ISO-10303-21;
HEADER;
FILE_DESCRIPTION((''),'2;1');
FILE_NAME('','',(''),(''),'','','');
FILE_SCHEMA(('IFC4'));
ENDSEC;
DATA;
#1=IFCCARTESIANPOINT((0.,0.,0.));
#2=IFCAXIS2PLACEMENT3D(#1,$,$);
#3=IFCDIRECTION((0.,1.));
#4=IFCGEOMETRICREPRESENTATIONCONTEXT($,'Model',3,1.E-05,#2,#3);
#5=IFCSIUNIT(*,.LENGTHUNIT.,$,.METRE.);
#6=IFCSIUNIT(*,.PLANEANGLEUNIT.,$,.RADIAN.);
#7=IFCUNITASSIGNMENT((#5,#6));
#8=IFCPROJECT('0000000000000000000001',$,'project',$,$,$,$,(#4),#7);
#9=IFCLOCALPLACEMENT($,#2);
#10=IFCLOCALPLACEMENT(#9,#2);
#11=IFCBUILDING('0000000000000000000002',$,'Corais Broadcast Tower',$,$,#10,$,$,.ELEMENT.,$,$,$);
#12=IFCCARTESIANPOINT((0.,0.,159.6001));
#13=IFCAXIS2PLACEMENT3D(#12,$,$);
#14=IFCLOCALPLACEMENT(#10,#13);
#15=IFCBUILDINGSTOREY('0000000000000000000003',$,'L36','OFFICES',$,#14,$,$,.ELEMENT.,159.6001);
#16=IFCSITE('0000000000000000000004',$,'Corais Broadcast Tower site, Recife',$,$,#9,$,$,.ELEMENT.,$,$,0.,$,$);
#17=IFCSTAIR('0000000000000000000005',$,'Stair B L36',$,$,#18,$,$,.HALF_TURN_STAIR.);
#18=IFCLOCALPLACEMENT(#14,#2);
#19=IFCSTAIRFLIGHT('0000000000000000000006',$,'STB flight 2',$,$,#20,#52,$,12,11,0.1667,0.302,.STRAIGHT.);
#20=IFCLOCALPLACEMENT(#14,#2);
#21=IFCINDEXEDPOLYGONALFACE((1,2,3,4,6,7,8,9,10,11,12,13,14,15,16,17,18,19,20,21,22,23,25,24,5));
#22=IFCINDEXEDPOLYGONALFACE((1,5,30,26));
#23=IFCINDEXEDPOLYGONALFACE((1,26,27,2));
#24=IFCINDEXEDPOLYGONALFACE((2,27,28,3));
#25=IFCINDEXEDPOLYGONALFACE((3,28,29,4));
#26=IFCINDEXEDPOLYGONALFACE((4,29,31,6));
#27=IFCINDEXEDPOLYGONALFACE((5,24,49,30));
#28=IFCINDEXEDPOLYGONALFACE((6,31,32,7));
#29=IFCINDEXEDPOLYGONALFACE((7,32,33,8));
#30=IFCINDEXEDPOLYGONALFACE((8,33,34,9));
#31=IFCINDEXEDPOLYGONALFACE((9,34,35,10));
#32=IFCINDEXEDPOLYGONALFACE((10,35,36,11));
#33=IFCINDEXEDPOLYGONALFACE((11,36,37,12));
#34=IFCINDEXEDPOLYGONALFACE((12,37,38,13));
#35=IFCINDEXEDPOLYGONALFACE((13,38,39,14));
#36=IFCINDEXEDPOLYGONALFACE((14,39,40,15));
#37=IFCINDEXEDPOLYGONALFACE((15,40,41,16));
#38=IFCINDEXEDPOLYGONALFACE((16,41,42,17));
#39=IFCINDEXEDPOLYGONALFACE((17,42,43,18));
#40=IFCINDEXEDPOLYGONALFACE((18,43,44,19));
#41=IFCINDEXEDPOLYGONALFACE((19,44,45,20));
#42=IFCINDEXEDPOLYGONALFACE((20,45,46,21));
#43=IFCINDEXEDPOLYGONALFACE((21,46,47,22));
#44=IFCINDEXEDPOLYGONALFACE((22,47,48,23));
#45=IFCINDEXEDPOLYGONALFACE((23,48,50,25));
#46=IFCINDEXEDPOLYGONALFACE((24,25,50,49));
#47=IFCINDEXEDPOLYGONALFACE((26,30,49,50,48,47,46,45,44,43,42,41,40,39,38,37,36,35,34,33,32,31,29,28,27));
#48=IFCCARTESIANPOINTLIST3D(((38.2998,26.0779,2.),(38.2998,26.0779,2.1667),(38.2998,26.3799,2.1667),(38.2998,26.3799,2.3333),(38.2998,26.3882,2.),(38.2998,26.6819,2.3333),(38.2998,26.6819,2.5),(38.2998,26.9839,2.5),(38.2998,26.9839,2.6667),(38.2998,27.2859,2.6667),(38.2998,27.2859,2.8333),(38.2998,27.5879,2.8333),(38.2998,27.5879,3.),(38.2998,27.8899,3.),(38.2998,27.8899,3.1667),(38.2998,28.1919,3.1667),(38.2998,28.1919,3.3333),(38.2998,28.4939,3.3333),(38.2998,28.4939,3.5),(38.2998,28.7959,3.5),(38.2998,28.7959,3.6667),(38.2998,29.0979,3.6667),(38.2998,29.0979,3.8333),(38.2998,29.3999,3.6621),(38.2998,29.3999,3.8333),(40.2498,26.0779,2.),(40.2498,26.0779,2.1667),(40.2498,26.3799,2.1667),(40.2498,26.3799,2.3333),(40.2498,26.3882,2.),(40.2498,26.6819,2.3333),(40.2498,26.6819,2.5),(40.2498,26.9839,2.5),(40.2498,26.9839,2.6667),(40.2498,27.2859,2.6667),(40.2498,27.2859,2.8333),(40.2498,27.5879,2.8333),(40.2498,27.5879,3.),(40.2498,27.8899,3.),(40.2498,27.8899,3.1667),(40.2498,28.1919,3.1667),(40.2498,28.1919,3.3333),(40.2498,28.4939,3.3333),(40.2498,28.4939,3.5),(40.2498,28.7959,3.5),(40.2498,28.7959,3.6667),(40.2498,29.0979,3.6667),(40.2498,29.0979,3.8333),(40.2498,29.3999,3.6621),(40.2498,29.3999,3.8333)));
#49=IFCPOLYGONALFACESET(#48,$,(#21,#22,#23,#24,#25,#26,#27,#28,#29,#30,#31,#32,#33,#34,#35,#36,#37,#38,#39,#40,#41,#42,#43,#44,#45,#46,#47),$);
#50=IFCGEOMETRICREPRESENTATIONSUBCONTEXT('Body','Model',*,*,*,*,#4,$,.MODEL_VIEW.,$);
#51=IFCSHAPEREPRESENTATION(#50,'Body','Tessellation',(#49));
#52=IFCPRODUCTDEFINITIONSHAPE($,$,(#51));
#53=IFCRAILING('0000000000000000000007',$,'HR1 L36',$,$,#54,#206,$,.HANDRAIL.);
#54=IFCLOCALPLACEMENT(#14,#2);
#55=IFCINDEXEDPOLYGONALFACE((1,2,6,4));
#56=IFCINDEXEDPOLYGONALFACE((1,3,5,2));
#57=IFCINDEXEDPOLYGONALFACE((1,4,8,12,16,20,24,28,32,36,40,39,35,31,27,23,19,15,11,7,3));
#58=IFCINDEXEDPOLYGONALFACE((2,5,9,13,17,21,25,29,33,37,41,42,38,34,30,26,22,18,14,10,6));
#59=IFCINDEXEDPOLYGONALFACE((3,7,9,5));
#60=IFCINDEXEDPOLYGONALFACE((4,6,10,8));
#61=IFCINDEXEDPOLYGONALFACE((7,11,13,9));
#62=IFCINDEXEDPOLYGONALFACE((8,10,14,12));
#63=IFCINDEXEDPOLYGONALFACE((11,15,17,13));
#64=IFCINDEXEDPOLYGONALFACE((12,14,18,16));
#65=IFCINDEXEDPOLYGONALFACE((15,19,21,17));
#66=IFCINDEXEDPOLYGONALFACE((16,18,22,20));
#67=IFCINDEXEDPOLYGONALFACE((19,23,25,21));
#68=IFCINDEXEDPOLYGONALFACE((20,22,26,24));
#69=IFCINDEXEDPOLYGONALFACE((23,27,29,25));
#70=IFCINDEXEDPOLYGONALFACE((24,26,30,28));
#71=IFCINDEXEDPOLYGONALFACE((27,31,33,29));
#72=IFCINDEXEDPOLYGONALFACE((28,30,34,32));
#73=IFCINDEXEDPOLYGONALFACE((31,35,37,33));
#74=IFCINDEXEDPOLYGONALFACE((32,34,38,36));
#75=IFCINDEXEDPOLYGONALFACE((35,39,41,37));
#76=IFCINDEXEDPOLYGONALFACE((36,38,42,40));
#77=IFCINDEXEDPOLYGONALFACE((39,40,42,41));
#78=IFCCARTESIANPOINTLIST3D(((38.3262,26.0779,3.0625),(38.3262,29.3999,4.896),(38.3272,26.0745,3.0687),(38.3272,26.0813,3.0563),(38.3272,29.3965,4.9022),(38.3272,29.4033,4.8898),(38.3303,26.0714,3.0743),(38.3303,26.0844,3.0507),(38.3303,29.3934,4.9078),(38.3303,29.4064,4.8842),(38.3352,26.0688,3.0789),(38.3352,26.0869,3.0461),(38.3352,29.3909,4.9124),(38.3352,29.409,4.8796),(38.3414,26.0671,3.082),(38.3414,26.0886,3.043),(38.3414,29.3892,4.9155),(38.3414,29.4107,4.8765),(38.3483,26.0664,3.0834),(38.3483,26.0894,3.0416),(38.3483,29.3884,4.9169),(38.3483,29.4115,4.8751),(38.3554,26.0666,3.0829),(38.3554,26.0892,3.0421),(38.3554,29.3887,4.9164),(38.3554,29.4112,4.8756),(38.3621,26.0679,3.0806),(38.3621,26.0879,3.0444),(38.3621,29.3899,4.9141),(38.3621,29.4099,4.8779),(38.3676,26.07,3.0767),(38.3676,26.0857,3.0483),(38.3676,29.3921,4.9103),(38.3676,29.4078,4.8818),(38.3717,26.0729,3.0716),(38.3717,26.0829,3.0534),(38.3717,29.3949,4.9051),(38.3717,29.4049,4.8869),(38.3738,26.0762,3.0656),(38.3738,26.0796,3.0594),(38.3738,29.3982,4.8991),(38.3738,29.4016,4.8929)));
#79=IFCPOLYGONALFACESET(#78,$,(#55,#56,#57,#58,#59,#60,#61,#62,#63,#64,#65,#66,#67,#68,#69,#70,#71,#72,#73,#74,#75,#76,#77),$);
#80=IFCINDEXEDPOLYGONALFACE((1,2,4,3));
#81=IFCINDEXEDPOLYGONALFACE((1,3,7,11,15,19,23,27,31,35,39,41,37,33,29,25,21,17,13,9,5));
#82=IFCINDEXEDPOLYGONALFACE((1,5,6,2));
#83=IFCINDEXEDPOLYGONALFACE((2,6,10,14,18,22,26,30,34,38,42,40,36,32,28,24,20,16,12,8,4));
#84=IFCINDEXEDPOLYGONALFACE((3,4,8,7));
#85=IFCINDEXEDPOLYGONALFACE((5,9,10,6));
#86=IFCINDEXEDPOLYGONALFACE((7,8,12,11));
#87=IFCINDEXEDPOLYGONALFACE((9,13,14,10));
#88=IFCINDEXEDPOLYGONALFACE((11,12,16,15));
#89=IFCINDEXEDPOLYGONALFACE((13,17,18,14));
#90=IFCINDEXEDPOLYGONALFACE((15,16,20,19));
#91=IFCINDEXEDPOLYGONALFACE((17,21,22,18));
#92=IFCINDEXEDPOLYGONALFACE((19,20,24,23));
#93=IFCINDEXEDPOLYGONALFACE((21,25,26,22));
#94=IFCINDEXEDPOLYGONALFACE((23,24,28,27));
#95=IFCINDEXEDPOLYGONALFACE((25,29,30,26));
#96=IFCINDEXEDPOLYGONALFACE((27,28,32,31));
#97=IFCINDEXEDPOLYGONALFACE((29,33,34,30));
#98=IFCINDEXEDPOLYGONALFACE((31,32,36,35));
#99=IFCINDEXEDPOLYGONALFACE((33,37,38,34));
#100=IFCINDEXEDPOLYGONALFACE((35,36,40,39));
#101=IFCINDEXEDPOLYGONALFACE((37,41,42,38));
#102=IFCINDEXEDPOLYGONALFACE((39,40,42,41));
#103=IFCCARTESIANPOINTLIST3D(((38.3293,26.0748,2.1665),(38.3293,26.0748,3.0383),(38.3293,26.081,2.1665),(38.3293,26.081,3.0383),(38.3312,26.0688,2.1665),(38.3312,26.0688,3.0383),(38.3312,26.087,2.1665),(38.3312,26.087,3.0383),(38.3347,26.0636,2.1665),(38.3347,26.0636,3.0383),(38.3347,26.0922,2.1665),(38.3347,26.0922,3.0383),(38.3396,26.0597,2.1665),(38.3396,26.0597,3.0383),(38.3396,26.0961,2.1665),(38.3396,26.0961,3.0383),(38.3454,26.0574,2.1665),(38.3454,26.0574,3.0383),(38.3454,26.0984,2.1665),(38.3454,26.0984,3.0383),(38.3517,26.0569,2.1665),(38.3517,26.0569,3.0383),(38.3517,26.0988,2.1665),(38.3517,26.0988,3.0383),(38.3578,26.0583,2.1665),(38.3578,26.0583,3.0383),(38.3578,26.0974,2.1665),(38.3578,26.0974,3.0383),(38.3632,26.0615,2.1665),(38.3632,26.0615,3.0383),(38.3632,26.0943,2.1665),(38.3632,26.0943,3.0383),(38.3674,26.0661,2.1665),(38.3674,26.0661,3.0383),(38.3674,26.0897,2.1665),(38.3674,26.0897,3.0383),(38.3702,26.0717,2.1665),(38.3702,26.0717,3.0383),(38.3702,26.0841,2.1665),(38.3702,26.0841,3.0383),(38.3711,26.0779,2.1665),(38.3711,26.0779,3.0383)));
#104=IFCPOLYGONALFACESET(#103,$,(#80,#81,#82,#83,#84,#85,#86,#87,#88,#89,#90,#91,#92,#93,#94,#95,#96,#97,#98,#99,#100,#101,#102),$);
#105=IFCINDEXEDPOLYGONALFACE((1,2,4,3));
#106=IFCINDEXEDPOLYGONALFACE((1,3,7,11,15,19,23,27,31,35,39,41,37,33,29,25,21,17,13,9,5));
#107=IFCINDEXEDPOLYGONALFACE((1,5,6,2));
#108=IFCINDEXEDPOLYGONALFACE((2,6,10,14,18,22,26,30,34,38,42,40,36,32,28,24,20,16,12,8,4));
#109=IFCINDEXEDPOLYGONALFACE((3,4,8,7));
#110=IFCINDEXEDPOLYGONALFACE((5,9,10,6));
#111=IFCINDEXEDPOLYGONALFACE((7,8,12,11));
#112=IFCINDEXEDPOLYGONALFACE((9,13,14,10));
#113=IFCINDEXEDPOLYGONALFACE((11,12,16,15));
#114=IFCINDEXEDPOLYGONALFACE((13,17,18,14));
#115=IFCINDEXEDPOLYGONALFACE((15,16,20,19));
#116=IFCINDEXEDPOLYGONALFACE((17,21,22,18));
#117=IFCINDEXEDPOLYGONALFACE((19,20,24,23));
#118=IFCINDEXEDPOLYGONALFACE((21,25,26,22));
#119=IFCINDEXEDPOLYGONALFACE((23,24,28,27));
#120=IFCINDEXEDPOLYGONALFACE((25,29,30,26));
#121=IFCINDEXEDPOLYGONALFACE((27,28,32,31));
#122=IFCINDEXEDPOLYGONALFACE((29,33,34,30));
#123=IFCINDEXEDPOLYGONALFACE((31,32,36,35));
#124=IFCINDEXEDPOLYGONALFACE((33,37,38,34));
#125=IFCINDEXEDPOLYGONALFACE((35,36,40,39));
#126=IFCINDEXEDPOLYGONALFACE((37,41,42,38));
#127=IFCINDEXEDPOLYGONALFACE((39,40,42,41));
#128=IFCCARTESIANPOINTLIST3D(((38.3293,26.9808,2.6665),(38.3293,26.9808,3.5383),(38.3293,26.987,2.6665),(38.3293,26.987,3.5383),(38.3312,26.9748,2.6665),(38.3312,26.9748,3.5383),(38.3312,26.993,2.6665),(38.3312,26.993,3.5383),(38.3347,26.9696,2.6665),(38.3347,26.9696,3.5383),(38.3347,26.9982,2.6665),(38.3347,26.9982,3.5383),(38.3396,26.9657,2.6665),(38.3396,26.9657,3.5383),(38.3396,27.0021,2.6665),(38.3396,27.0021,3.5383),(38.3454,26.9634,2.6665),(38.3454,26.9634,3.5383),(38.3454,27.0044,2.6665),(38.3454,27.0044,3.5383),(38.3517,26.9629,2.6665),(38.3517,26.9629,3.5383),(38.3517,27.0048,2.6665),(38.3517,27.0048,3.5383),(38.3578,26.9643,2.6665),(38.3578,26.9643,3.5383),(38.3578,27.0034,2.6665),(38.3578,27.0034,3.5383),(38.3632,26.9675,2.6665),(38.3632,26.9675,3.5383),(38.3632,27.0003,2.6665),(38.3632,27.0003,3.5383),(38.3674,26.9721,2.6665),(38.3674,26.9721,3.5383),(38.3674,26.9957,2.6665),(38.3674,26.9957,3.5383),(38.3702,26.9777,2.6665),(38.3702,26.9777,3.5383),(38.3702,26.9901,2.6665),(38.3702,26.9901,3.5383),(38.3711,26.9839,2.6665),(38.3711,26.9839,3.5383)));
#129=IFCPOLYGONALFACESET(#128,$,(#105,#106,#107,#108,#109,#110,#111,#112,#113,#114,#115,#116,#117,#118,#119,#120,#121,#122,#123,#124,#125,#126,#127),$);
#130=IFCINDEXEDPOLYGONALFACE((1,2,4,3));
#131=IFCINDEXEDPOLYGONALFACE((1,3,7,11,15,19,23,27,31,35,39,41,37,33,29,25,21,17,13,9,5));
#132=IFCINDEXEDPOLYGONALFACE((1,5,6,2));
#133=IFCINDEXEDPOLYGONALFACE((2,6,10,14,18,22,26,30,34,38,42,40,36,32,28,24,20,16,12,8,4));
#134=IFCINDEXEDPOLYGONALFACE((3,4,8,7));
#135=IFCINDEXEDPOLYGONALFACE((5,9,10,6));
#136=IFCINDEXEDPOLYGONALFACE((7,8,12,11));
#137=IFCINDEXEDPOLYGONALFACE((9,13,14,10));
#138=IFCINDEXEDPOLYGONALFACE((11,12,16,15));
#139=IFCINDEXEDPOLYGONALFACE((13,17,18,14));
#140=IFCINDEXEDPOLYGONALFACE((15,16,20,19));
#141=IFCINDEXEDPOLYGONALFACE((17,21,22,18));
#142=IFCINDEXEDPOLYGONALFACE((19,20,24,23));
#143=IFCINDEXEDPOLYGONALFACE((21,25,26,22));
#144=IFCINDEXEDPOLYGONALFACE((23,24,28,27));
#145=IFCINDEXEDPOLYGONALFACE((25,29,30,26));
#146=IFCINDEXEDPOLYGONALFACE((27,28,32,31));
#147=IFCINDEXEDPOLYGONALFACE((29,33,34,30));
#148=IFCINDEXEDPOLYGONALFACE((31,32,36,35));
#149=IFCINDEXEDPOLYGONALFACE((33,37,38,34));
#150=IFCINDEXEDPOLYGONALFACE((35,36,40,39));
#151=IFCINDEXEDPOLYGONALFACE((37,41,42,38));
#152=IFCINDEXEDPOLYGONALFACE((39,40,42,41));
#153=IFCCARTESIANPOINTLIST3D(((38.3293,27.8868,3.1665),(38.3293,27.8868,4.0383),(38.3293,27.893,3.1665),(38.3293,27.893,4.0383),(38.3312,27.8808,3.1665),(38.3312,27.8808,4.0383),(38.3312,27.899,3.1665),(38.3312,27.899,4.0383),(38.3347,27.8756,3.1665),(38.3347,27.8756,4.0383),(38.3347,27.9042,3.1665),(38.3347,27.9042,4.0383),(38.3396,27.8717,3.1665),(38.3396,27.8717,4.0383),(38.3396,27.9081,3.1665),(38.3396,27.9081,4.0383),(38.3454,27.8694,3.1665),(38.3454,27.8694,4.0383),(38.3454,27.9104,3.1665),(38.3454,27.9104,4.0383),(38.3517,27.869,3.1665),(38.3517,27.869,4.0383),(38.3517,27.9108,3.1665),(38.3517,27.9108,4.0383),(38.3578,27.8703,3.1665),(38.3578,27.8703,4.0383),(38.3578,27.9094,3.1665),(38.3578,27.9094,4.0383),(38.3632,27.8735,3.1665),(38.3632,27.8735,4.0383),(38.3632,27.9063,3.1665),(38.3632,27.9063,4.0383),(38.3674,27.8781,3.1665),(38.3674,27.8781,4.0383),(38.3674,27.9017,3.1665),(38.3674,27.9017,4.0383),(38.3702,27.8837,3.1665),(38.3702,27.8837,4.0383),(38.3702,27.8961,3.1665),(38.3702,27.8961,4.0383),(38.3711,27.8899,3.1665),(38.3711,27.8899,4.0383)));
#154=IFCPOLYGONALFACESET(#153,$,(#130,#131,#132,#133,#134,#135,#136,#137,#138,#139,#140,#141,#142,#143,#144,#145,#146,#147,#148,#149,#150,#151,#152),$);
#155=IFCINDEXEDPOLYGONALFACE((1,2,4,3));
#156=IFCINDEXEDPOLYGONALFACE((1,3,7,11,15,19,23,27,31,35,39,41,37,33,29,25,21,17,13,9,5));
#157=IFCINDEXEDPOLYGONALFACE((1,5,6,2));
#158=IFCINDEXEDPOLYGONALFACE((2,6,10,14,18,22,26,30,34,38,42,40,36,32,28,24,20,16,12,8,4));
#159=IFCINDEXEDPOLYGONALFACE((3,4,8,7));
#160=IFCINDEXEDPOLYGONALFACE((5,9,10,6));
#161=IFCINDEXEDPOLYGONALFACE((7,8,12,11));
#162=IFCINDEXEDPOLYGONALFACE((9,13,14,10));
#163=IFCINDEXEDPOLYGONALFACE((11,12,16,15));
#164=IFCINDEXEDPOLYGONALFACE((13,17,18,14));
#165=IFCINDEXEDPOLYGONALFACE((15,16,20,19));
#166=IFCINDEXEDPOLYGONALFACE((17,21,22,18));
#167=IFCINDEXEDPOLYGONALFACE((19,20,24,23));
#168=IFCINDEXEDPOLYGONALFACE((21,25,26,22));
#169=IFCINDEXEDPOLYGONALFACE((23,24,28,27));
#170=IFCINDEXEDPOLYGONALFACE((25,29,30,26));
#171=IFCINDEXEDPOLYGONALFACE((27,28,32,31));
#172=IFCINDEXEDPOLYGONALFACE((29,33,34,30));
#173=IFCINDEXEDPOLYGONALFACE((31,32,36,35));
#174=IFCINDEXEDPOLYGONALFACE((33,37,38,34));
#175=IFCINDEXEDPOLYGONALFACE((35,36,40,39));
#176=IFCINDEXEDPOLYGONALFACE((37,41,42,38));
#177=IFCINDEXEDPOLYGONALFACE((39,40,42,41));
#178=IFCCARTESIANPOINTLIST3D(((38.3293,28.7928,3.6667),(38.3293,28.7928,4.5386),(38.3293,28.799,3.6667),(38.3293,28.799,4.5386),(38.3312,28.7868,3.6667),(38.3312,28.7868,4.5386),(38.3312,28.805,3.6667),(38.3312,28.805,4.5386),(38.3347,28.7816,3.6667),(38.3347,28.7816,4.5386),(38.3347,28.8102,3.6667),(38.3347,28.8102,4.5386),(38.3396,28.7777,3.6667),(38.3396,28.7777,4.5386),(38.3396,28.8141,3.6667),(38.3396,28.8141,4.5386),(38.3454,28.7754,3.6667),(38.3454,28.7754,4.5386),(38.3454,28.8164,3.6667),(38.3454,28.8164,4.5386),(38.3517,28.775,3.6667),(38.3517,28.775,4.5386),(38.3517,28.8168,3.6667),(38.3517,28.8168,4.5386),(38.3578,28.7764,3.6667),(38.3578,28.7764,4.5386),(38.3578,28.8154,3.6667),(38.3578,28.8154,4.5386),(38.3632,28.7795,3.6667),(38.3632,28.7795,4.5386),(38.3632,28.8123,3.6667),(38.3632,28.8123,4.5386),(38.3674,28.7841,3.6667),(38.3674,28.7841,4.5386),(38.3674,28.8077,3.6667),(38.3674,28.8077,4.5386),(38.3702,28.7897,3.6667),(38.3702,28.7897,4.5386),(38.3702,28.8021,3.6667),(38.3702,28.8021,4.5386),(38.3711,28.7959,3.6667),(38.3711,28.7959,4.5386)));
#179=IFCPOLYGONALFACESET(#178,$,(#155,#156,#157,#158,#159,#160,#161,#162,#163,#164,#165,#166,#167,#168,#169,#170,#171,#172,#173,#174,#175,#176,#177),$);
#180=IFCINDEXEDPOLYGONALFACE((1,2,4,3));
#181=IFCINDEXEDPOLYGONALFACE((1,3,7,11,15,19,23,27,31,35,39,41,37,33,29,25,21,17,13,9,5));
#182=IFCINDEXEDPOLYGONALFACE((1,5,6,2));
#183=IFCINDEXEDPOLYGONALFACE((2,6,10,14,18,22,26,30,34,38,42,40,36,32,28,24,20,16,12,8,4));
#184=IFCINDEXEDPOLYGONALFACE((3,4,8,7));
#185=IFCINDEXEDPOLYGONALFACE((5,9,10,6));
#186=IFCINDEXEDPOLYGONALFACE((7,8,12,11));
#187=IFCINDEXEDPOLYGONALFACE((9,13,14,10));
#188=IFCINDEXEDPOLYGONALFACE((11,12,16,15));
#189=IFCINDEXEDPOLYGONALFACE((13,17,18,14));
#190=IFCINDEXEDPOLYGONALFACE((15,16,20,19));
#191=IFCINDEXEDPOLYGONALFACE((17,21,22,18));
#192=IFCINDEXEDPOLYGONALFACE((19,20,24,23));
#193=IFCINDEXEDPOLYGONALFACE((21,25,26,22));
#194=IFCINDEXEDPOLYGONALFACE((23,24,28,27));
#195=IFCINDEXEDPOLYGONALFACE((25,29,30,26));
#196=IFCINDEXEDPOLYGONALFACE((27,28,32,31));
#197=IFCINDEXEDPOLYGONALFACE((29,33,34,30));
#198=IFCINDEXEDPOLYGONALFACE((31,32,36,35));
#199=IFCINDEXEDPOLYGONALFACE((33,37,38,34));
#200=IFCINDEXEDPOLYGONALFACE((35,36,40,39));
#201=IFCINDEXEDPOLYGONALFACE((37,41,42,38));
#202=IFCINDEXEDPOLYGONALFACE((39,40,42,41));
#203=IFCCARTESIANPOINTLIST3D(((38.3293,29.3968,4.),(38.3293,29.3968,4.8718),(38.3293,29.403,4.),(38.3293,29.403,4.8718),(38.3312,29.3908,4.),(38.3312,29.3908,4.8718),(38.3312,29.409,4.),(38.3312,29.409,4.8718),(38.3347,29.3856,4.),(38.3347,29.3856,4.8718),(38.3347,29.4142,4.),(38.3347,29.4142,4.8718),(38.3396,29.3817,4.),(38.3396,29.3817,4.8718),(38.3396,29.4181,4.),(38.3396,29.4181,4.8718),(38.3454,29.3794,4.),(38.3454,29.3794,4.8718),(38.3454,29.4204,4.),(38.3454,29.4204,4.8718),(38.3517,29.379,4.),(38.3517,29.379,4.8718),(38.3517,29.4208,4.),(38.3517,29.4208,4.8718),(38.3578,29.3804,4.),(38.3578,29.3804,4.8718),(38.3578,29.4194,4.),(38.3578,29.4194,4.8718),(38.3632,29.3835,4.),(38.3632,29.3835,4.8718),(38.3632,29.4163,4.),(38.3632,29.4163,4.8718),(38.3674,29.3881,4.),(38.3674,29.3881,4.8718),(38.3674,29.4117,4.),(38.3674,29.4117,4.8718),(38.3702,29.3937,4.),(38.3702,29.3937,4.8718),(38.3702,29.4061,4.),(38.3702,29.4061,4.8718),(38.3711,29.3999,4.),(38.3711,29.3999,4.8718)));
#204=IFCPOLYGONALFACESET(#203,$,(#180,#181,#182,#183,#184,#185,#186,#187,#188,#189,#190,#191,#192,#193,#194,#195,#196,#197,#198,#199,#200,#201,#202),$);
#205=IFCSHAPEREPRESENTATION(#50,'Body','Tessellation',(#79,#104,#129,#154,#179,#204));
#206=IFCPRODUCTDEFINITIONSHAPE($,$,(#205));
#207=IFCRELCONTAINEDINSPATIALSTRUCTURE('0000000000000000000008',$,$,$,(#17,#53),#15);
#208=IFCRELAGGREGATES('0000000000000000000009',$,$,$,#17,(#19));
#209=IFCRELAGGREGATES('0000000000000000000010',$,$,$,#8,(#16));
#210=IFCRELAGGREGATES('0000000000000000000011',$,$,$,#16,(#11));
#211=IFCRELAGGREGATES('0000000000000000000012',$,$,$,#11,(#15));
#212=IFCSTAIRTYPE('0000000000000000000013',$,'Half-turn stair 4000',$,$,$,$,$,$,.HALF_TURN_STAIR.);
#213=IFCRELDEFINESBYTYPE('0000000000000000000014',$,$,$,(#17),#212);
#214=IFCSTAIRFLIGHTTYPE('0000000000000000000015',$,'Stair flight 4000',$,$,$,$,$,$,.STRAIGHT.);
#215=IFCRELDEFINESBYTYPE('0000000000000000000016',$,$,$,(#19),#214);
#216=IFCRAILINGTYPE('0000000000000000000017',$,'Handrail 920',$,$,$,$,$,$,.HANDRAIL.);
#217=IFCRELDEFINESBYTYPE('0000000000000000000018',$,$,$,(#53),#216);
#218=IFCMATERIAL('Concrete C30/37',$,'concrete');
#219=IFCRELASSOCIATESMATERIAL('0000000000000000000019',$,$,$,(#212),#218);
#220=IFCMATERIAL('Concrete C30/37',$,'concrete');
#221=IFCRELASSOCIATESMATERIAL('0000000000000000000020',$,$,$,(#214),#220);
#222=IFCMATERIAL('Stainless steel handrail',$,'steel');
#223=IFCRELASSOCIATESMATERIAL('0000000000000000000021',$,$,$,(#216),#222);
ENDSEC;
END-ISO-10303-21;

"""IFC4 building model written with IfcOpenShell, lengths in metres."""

from ifc_helpers import new_model, si_unit, direction, frame, origin, origin_2d, place, context, subcontext, project, spatial, polyline, circle, outline, extrude, material, type_object, element, aggregate, save


model = new_model("IFC4")

# Units and contexts
model_context = context("Model", 3, precision=1e-05, world=origin(), true_north=direction((0.0, 1.0)))
body_context = subcontext(model_context, "Body", "Model", "MODEL_VIEW")
ifc_project = project(units=[si_unit("LENGTHUNIT", "METRE"), si_unit("PLANEANGLEUNIT", "RADIAN")], contexts=[model_context])

# Site, building, storey
site_placement = place(None, origin())
site = spatial("IfcSite", under=ifc_project, at=site_placement, Name="Corais Broadcast Tower site, Recife", CompositionType="ELEMENT", RefElevation=0.0)
building_placement = place(site_placement, origin())
building = spatial("IfcBuilding", under=site, at=building_placement, Name="Corais Broadcast Tower", CompositionType="ELEMENT")
storey_placement = place(building_placement, frame((0.0, 0.0, 159.6001)))
storey = spatial("IfcBuildingStorey", under=building, at=storey_placement, Name="L36", Description="OFFICES", CompositionType="ELEMENT", Elevation=159.6001)

# Stair, stair flight
ifc_material_1 = material(Name="Concrete C30/37", Category="concrete")
stair_type = type_object("IfcStairType", Name="Half-turn stair 4000", PredefinedType="HALF_TURN_STAIR", material=ifc_material_1)
stair_placement = place(storey_placement, origin())
stair = element("IfcStair", 1, at=stair_placement, inside=storey, type_object=stair_type, Name="Stair B L36", PredefinedType="HALF_TURN_STAIR")
ifc_material_2 = material(Name="Concrete C30/37", Category="concrete")
stair_flight_type = type_object("IfcStairFlightType", Name="Stair flight 4000", PredefinedType="STRAIGHT", material=ifc_material_2)
stair_flight_placement = place(storey_placement, frame((39.2749, 26.0779, 2.0), z_axis=(0.0, 0.0, 1.0), x_axis=(0.0, 1.0, 0.0)))
stair_flight = element("IfcStairFlight", 2, at=stair_flight_placement, type_object=stair_flight_type, Name="STB flight 2", NumberOfRisers=12, NumberOfTreads=11, PredefinedType="STRAIGHT", RiserHeight=0.1667, TreadLength=0.302, context=body_context, shape_type="SweptSolid", body=[
    extrude(outline(polyline([(0.0, 0.0), (0.0, 0.1667), (0.302, 0.1667), (0.302, 0.3333), (0.604, 0.3333), (0.604, 0.5), (0.906, 0.5), (0.906, 0.6667), (1.208, 0.6667), (1.208, 0.8333), (1.51, 0.8333), (1.51, 1.0), (1.812, 1.0), (1.812, 1.1667), (2.114, 1.1667), (2.114, 1.3333), (2.416, 1.3333), (2.416, 1.5), (2.718, 1.5), (2.718, 1.6667), (3.02, 1.6667), (3.02, 1.8333), (3.322, 1.8333), (3.322, 2.0), (3.322, 1.6621), (0.3103, 0.0), (0.0, 0.0)])), frame((0.0, 0.9751, 0.0), z_axis=(0.0, -1.0, 0.0), x_axis=(1.0, 0.0, 0.0)), (0.0, 0.0, 1.0), 1.95),
])
aggregate(stair, [stair_flight])

# Railing
ifc_material_3 = material(Name="Stainless steel handrail", Category="steel")
railing_type = type_object("IfcRailingType", Name="Handrail 920", PredefinedType="HANDRAIL", material=ifc_material_3)
railing_placement = place(storey_placement, frame((38.3501, 26.0779, 2.1665)))
element("IfcRailing", 3, at=railing_placement, inside=storey, type_object=railing_type, Name="HR1 L36", PredefinedType="HANDRAIL", context=body_context, shape_type="SweptSolid", body=[
    extrude(circle(Radius=0.0239, at=origin_2d()), frame((0.0, 0.0, 0.896), z_axis=(0.0, 0.875504, 0.48321), x_axis=(-1.0, 0.0, 0.0)), (0.0, 0.0, 1.0), 3.7944),
    extrude(circle(Radius=0.021, at=origin_2d()), origin(), (0.0, 0.0, 1.0), 0.8718),
    extrude(circle(Radius=0.021, at=origin_2d()), frame((0.0, 0.906, 0.5)), (0.0, 0.0, 1.0), 0.8718),
    extrude(circle(Radius=0.021, at=origin_2d()), frame((0.0, 1.812, 1.0)), (0.0, 0.0, 1.0), 0.8718),
    extrude(circle(Radius=0.021, at=origin_2d()), frame((0.0, 2.718, 1.5002)), (0.0, 0.0, 1.0), 0.8718),
    extrude(circle(Radius=0.021, at=origin_2d()), frame((0.0, 3.322, 1.8335)), (0.0, 0.0, 1.0), 0.8718),
])

save(model, "model.ifc")
